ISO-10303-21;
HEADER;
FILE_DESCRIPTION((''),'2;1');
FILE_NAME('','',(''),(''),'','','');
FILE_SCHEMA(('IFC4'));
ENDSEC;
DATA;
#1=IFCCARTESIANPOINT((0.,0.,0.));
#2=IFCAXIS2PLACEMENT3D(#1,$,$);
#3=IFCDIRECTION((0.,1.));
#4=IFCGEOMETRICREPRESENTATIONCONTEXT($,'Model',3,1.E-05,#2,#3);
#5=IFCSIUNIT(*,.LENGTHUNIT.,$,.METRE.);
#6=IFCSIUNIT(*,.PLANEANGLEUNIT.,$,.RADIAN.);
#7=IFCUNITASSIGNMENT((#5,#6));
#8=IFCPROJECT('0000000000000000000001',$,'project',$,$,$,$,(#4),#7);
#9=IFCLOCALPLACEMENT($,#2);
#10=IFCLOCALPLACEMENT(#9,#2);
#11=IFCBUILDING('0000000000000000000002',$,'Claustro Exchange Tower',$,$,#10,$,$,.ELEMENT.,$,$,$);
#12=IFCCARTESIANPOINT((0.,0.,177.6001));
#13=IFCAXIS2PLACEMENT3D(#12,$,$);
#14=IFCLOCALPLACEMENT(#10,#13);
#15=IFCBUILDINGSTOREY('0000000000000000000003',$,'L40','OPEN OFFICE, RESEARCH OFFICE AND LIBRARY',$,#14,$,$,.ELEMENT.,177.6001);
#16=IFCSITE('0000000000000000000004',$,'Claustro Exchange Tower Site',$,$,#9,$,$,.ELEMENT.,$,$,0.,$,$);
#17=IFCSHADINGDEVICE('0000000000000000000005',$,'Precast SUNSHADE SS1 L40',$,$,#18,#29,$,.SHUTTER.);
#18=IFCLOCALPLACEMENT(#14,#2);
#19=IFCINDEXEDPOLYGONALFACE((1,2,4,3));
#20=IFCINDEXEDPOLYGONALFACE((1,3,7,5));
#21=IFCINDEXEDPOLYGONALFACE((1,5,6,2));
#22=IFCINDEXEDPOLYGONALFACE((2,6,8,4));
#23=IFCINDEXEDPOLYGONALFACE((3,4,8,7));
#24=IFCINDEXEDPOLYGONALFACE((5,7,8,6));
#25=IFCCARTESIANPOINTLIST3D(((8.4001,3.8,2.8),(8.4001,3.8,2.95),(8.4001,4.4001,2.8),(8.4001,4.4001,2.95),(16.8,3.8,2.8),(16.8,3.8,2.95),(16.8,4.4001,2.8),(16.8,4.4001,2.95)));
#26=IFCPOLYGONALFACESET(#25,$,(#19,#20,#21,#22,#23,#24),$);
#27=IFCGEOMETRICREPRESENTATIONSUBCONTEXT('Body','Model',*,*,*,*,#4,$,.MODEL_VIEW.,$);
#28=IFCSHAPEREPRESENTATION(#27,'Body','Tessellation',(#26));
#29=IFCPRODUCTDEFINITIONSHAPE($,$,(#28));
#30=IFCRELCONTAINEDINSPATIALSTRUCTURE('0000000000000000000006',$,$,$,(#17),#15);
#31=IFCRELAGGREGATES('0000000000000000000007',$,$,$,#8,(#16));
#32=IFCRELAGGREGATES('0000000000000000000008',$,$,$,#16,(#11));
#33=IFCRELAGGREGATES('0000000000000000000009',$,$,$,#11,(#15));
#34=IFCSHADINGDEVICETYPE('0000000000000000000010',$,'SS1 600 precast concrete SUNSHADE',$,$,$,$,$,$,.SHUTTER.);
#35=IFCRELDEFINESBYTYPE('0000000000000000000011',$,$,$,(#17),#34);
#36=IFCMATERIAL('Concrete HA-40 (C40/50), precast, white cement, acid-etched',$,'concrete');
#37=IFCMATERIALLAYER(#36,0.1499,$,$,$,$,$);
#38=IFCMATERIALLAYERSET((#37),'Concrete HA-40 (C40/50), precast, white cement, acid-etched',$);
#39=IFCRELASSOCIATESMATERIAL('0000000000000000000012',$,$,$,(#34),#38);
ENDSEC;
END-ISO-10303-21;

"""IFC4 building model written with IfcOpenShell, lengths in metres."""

from ifc_helpers import new_model, si_unit, direction, frame, origin, origin_2d, place, context, subcontext, project, spatial, rectangle, extrude, material, layer, layer_set, type_object, element, save


model = new_model("IFC4")

# Units and contexts
model_context = context("Model", 3, precision=1e-05, world=origin(), true_north=direction((0.0, 1.0)))
body_context = subcontext(model_context, "Body", "Model", "MODEL_VIEW")
ifc_project = project(units=[si_unit("LENGTHUNIT", "METRE"), si_unit("PLANEANGLEUNIT", "RADIAN")], contexts=[model_context])

# Site, building, storey
site_placement = place(None, origin())
site = spatial("IfcSite", under=ifc_project, at=site_placement, Name="Claustro Exchange Tower Site", CompositionType="ELEMENT", RefElevation=0.0)
building_placement = place(site_placement, origin())
building = spatial("IfcBuilding", under=site, at=building_placement, Name="Claustro Exchange Tower", CompositionType="ELEMENT")
storey_placement = place(building_placement, frame((0.0, 0.0, 177.6001)))
storey = spatial("IfcBuildingStorey", under=building, at=storey_placement, Name="L40", Description="OPEN OFFICE, RESEARCH OFFICE AND LIBRARY", CompositionType="ELEMENT", Elevation=177.6001)

# Shading device
ifc_material_1 = material(Name="Concrete HA-40 (C40/50), precast, white cement, acid-etched", Category="concrete")
ifc_layer_1 = layer(ifc_material_1, 0.1499)
ifc_layer_set_1 = layer_set([ifc_layer_1], Name="Concrete HA-40 (C40/50), precast, white cement, acid-etched")
shading_device_type = type_object("IfcShadingDeviceType", Name="SS1 600 precast concrete SUNSHADE", PredefinedType="SHUTTER", material=ifc_layer_set_1)
shading_device_placement = place(storey_placement, frame((12.6001, 4.1001, 2.8), z_axis=(0.0, 0.0, 1.0), x_axis=(-1.0, 0.0, 0.0)))
element("IfcShadingDevice", 1, at=shading_device_placement, inside=storey, type_object=shading_device_type, Name="Precast SUNSHADE SS1 L40", PredefinedType="SHUTTER", context=body_context, shape_type="SweptSolid", body=[
    extrude(rectangle(XDim=8.3999, YDim=0.6001, at=origin_2d()), origin(), (0.0, 0.0, 1.0), 0.1499),
])

save(model, "model.ifc")
